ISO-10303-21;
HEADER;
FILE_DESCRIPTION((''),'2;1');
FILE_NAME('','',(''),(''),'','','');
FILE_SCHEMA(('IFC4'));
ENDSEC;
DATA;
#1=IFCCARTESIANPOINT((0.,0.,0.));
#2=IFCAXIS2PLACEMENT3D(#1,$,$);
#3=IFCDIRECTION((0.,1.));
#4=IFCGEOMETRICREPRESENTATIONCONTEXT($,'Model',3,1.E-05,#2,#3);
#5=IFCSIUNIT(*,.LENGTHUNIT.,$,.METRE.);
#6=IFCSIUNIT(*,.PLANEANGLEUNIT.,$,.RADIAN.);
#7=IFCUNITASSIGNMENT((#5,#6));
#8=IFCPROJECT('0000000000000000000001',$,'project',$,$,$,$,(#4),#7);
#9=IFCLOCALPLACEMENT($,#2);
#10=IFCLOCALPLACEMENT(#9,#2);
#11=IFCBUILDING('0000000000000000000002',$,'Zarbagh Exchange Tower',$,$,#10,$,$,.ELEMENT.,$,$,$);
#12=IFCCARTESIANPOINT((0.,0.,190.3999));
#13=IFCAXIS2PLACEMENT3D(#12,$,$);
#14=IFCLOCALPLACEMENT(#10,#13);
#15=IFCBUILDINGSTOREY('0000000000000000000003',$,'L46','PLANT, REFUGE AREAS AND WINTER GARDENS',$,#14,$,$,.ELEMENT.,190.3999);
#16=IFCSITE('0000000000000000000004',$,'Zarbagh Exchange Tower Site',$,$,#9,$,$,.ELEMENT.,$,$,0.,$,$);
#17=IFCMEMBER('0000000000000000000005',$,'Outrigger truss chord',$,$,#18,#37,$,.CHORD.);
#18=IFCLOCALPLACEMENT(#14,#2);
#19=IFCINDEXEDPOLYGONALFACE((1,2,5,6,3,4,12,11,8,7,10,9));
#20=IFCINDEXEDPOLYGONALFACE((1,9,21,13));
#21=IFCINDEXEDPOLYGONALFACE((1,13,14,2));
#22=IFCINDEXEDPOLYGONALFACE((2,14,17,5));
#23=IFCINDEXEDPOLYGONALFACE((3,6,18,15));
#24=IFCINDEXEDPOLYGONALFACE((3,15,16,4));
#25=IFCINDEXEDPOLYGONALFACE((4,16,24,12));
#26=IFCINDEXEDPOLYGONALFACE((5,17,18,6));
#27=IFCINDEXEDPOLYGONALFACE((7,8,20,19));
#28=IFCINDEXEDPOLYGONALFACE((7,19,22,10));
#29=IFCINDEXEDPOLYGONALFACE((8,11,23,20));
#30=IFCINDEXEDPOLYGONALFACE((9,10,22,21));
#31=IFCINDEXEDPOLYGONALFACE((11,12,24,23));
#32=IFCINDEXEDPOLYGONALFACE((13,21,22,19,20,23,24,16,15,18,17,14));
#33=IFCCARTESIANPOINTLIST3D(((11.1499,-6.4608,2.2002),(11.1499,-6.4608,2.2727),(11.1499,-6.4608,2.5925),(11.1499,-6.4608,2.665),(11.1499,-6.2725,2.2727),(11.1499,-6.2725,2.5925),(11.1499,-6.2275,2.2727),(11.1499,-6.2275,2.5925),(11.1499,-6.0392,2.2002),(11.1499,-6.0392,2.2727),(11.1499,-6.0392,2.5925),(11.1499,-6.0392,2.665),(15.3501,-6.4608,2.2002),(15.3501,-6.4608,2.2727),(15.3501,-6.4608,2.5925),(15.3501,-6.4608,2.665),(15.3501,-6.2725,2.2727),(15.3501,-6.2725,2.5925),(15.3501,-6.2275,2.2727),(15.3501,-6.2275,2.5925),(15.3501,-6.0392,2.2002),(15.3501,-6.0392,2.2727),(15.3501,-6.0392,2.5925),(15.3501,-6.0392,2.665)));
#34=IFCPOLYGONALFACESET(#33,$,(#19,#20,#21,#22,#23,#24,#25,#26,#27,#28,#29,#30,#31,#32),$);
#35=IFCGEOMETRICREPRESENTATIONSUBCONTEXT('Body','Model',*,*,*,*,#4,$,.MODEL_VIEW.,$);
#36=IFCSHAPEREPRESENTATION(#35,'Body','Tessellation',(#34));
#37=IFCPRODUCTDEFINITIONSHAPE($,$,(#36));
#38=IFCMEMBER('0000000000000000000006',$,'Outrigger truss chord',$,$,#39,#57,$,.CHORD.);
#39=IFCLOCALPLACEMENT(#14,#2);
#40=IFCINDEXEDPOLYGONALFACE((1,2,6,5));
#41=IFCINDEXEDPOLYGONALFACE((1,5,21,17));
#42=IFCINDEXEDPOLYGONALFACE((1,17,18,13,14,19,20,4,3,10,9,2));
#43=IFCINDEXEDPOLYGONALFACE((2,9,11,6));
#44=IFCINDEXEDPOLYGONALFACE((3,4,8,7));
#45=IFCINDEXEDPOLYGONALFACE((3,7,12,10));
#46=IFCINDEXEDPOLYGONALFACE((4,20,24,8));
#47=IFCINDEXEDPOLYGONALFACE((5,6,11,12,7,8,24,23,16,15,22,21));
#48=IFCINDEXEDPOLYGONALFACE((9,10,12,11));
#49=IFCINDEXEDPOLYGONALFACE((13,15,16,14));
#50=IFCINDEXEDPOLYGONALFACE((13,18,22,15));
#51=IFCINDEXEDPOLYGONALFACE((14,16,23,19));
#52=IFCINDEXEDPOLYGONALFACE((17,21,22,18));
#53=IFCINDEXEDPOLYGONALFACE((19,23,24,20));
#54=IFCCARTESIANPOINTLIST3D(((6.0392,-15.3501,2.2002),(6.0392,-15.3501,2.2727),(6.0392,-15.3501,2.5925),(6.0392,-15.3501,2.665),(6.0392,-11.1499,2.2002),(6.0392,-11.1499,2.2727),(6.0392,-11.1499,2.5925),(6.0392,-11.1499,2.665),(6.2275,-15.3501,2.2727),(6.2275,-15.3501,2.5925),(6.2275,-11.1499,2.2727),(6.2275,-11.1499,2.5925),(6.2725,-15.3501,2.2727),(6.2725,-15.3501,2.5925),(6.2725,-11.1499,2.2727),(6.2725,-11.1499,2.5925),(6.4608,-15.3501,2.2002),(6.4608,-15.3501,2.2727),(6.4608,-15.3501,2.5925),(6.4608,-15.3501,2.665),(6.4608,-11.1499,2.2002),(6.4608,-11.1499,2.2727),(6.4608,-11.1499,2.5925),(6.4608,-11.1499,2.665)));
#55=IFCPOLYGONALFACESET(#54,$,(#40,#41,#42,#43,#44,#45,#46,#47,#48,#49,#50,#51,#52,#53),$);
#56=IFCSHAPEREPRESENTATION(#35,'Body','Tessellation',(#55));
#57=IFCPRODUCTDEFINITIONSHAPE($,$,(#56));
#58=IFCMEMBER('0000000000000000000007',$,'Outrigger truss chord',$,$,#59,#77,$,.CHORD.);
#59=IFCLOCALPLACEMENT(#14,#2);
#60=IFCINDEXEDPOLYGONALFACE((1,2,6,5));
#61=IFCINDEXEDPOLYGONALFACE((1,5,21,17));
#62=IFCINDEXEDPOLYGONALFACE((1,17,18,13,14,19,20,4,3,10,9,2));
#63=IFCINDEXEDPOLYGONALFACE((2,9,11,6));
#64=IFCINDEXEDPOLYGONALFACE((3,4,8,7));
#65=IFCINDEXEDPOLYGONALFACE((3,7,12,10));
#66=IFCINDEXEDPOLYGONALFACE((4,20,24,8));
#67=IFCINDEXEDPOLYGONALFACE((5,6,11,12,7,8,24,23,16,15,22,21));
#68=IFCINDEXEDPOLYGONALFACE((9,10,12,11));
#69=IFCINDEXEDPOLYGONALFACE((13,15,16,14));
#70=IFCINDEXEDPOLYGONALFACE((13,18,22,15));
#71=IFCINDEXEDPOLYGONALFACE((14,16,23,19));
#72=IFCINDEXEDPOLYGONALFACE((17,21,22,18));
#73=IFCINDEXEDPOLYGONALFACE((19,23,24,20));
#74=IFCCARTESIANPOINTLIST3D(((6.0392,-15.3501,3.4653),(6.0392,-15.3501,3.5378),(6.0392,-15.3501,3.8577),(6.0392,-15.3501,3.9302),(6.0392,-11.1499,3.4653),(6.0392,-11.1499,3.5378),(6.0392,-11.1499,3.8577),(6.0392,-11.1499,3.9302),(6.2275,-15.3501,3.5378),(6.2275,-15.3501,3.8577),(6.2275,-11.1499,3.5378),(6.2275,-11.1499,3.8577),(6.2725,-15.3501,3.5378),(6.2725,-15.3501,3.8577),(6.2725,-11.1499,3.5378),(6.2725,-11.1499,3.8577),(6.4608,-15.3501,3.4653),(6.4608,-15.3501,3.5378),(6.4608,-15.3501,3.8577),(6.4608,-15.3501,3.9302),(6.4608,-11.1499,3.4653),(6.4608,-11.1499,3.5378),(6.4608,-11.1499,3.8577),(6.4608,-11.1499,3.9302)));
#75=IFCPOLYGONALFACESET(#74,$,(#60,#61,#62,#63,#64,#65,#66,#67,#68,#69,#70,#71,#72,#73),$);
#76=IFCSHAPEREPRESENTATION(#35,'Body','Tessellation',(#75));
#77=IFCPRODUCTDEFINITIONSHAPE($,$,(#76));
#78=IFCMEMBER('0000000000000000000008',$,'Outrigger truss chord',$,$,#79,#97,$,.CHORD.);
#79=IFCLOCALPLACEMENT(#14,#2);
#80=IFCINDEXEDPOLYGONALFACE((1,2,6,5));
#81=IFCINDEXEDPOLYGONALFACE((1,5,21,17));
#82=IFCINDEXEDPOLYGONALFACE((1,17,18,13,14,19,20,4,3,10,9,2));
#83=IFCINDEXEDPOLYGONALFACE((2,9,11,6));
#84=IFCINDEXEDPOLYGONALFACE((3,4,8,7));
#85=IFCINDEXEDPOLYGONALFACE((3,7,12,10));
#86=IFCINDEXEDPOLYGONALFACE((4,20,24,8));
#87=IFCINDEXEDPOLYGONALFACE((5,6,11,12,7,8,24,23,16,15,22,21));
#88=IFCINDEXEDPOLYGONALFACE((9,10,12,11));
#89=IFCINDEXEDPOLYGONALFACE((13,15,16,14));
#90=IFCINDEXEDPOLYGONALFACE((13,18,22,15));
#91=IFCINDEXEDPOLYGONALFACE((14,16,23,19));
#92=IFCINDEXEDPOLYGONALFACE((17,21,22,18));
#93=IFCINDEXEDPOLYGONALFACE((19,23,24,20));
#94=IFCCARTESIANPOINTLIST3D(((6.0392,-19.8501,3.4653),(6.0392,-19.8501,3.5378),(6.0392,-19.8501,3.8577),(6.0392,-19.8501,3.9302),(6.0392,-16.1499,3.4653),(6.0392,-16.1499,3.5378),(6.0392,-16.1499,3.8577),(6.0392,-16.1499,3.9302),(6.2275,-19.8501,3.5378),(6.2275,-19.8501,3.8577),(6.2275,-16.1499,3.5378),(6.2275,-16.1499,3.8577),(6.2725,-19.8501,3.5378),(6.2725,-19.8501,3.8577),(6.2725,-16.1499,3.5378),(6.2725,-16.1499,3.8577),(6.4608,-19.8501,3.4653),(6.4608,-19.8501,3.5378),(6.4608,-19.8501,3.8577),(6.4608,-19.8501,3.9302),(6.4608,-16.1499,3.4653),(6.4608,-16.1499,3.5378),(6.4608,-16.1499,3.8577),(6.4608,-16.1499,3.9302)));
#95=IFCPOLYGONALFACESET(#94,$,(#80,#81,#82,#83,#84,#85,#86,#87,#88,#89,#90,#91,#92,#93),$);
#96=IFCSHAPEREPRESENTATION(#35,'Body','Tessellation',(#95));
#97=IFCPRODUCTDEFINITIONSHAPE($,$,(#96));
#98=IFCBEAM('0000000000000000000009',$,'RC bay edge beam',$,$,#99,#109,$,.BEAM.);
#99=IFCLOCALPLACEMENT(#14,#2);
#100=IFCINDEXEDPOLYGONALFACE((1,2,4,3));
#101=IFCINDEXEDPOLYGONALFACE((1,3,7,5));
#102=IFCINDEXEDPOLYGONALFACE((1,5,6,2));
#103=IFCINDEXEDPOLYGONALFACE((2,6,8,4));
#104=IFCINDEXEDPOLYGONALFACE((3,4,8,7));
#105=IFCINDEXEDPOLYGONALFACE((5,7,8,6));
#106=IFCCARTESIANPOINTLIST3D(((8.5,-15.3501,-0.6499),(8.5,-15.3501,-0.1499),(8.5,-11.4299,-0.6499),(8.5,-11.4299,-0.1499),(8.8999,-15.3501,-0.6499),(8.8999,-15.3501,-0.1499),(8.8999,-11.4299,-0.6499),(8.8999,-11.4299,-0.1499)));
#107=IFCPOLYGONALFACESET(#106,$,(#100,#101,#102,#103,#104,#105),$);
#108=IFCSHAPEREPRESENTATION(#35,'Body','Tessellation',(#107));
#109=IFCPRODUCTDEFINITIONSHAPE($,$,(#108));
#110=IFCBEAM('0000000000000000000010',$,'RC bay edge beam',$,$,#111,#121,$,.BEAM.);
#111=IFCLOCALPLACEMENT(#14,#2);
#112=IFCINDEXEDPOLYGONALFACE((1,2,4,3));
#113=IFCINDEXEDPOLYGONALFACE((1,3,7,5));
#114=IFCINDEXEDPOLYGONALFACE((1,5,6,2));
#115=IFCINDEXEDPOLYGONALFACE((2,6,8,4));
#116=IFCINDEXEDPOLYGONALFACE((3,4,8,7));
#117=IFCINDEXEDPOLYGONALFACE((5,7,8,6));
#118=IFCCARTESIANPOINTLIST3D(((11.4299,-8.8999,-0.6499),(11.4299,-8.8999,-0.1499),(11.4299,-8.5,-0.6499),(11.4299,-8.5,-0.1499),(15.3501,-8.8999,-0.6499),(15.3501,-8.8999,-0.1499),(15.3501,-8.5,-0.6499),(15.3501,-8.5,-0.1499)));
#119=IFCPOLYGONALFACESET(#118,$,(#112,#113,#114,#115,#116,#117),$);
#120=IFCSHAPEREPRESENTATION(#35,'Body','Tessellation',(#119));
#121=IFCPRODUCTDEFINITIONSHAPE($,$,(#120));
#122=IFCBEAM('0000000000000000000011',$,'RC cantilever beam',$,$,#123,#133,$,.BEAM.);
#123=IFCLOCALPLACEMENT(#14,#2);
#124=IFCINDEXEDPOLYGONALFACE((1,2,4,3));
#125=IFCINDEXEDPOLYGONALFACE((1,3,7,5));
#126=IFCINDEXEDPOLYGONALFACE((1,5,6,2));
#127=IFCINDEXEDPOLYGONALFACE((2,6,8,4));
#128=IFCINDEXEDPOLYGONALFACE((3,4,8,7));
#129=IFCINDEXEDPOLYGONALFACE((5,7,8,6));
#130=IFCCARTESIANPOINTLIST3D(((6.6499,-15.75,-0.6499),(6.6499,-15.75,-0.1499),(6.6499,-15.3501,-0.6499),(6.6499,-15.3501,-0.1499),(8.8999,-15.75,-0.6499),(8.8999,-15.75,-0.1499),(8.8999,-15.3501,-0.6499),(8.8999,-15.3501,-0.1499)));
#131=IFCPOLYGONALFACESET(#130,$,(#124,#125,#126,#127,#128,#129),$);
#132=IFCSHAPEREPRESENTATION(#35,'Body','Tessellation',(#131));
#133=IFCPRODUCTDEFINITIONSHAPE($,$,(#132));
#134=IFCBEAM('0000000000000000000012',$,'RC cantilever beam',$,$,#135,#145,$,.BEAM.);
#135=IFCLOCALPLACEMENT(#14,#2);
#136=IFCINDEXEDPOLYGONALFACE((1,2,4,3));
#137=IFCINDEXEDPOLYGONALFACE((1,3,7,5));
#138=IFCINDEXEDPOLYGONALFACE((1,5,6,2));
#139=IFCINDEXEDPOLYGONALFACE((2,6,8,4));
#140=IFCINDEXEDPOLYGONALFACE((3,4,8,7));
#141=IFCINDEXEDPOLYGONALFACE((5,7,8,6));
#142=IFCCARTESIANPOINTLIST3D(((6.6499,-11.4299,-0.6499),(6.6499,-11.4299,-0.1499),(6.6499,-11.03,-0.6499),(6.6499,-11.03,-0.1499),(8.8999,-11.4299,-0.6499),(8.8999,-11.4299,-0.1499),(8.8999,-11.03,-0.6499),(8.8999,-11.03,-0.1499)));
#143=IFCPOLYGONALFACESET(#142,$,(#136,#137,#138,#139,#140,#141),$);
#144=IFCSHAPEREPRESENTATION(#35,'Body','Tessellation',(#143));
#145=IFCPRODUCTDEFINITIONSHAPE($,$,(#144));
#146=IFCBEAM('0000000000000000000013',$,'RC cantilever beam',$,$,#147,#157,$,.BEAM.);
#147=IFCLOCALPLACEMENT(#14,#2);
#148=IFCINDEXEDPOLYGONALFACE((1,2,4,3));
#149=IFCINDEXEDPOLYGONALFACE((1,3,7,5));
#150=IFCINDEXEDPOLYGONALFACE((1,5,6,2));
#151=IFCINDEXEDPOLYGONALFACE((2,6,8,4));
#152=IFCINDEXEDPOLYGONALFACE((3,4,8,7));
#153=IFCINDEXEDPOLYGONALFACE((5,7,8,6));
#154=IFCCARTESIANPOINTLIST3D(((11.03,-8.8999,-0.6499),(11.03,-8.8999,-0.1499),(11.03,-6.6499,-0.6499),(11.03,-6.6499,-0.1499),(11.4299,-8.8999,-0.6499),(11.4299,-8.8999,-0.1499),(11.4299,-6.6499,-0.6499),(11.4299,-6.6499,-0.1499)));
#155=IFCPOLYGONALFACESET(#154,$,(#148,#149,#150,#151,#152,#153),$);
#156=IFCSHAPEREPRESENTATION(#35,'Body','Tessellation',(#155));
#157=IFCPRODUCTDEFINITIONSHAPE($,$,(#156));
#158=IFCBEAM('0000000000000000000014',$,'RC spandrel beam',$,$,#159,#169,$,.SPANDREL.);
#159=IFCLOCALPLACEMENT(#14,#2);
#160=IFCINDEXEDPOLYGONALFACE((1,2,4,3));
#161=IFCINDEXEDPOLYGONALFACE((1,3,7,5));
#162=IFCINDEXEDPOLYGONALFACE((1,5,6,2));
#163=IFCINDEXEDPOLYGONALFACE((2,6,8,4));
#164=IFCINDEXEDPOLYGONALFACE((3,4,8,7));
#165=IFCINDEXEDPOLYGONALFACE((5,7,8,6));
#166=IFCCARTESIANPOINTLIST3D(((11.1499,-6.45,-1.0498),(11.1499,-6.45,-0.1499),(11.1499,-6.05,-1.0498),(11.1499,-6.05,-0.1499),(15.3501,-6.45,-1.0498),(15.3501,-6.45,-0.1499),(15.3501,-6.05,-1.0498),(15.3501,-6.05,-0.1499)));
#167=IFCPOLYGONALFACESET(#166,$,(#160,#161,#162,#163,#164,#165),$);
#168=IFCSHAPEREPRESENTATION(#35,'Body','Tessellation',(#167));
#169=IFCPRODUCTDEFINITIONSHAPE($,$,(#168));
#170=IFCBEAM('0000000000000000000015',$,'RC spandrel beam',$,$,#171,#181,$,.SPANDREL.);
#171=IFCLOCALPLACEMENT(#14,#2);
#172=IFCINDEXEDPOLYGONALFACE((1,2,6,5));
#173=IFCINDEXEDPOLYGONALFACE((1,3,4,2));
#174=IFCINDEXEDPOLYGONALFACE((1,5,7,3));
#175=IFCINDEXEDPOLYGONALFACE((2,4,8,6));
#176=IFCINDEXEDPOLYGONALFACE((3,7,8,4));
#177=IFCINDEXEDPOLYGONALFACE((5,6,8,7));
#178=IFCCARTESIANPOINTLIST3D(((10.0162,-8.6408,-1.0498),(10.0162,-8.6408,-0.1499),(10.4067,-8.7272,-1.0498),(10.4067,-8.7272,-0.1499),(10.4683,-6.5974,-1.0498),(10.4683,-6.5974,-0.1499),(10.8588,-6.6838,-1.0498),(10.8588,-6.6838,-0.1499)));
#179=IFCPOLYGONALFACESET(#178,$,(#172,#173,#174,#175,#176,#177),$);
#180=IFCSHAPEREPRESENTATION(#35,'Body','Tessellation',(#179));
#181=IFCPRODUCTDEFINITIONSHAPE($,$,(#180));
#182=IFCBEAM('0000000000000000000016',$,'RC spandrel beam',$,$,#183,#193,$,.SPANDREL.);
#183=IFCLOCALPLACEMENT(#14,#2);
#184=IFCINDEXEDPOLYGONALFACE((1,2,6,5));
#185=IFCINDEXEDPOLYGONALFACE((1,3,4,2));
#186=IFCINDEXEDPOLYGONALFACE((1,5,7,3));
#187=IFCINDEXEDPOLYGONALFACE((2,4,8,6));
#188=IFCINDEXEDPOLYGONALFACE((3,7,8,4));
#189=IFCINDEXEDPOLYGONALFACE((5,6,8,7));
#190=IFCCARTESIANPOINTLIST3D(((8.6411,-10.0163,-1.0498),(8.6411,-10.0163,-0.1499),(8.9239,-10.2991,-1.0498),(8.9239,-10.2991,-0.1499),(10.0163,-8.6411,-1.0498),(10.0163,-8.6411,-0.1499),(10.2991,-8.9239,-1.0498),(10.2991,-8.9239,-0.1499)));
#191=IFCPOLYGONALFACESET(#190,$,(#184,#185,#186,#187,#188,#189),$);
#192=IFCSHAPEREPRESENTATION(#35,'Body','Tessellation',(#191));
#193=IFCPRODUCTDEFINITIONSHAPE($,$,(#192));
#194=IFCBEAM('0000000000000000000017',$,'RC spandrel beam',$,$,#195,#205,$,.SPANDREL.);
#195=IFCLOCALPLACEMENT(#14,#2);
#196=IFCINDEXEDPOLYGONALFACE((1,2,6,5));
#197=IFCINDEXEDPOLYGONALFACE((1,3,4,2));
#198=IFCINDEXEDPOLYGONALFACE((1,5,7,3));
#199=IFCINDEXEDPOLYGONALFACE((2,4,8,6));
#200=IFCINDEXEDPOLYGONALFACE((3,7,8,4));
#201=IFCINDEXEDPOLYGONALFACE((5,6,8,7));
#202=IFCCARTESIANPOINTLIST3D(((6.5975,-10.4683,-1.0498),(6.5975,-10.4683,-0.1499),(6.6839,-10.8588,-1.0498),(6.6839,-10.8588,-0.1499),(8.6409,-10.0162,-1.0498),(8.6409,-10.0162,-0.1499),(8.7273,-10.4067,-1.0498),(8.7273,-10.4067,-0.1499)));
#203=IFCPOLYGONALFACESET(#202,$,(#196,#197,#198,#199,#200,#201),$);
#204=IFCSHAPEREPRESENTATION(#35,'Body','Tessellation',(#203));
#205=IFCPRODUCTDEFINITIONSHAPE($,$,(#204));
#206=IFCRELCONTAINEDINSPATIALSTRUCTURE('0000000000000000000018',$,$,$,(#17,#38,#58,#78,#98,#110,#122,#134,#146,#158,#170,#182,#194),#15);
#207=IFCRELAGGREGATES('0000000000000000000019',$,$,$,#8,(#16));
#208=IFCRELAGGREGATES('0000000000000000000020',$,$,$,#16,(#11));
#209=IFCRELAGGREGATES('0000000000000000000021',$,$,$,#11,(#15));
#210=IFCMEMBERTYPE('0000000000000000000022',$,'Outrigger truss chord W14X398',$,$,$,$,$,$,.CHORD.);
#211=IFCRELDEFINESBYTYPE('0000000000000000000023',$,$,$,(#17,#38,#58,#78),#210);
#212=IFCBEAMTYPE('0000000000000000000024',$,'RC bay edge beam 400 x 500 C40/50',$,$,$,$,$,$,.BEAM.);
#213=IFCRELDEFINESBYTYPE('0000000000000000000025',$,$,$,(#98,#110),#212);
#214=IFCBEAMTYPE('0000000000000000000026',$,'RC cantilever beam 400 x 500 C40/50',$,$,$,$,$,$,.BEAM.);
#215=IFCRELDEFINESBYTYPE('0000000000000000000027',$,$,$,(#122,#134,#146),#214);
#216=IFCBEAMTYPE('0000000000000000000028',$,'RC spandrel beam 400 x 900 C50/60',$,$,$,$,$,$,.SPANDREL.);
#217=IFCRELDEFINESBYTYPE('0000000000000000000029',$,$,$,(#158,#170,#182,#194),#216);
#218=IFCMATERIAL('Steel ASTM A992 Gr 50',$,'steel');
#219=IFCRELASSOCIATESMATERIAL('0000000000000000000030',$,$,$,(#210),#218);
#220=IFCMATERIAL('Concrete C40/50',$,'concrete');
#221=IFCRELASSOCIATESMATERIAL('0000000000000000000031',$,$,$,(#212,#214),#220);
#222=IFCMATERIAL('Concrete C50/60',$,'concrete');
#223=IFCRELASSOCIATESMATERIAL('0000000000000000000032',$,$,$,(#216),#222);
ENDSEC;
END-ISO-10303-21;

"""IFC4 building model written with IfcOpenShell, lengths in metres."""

from ifc_helpers import new_model, si_unit, direction, frame, origin, origin_2d, place, context, subcontext, project, spatial, rectangle, i_section, extrude, material, material_profile, profile_set, type_object, element, save


model = new_model("IFC4")

# Units and contexts
model_context = context("Model", 3, precision=1e-05, world=origin(), true_north=direction((0.0, 1.0)))
body_context = subcontext(model_context, "Body", "Model", "MODEL_VIEW")
ifc_project = project(units=[si_unit("LENGTHUNIT", "METRE"), si_unit("PLANEANGLEUNIT", "RADIAN")], contexts=[model_context])

# Site, building, storey
site_placement = place(None, origin())
site = spatial("IfcSite", under=ifc_project, at=site_placement, Name="Zarbagh Exchange Tower Site", CompositionType="ELEMENT", RefElevation=0.0)
building_placement = place(site_placement, origin())
building = spatial("IfcBuilding", under=site, at=building_placement, Name="Zarbagh Exchange Tower", CompositionType="ELEMENT")
storey_placement = place(building_placement, frame((0.0, 0.0, 190.3999)))
storey = spatial("IfcBuildingStorey", under=building, at=storey_placement, Name="L46", Description="PLANT, REFUGE AREAS AND WINTER GARDENS", CompositionType="ELEMENT", Elevation=190.3999)

# Shared definitions
ifc_material_1 = material(Name="Concrete C50/60", Category="concrete")

# Shared definitions
ifc_material_2 = material(Name="Steel ASTM A992 Gr 50", Category="steel")

# Members
ifc_material_profile_1 = material_profile(ifc_material_2, i_section(OverallWidth=0.4216, OverallDepth=0.4648, WebThickness=0.0449, FlangeThickness=0.0725, at=origin_2d()), Name="W14X398")
ifc_profile_set_1 = profile_set([ifc_material_profile_1], Name="Steel ASTM A992 Gr 50")
member_type_1 = type_object("IfcMemberType", Name="Outrigger truss chord W14X398", PredefinedType="CHORD", material=ifc_profile_set_1)
for number, where, z_axis, x_axis, name in (
    (1, (15.3501, -6.25, 2.4326), (-1.0, 0.0, 0.0), (0.0, -1.0, 0.0), "Outrigger truss chord"),
    (2, (6.25, -11.1499, 2.4326), (0.0, -1.0, 0.0), (1.0, 0.0, 0.0), "Outrigger truss chord"),
    (3, (6.25, -11.1499, 3.6978), (0.0, -1.0, 0.0), (1.0, 0.0, 0.0), "Outrigger truss chord"),
):
    element("IfcMember", number, at=place(storey_placement, frame(where, z_axis=z_axis, x_axis=x_axis)), inside=storey, type_object=member_type_1, Name=name, PredefinedType="CHORD", context=body_context, shape_type="SweptSolid", body=[
        extrude(i_section(OverallWidth=0.4216, OverallDepth=0.4648, WebThickness=0.0449, FlangeThickness=0.0725, at=origin_2d()), origin(), (0.0, 0.0, 1.0), 4.2002),
    ])
member_1_placement = place(storey_placement, frame((6.25, -16.1499, 3.6978), z_axis=(0.0, -1.0, 0.0), x_axis=(1.0, 0.0, 0.0)))
element("IfcMember", 4, at=member_1_placement, inside=storey, type_object=member_type_1, Name="Outrigger truss chord", PredefinedType="CHORD", context=body_context, shape_type="SweptSolid", body=[
    extrude(i_section(OverallWidth=0.4216, OverallDepth=0.4648, WebThickness=0.0449, FlangeThickness=0.0725, at=origin_2d()), origin(), (0.0, 0.0, 1.0), 3.7002),
])

# Beams
ifc_material_3 = material(Name="Concrete C40/50", Category="concrete")
ifc_material_profile_2 = material_profile(ifc_material_3, rectangle(XDim=0.3999, YDim=0.5, at=origin_2d()), Name="RC bay edge beam 400 x 500 C40/50")
ifc_profile_set_2 = profile_set([ifc_material_profile_2], Name="Concrete C40/50")
beam_type_1 = type_object("IfcBeamType", Name="RC bay edge beam 400 x 500 C40/50", PredefinedType="BEAM", material=ifc_profile_set_2)
for number, where, z_axis, x_axis, name in (
    (5, (8.7, -15.3501, -0.3999), (0.0, 1.0, 0.0), (-1.0, 0.0, 0.0), "RC bay edge beam"),
    (6, (11.4299, -8.7, -0.3999), (1.0, 0.0, 0.0), (0.0, 1.0, 0.0), "RC bay edge beam"),
):
    element("IfcBeam", number, at=place(storey_placement, frame(where, z_axis=z_axis, x_axis=x_axis)), inside=storey, type_object=beam_type_1, Name=name, PredefinedType="BEAM", context=body_context, shape_type="SweptSolid", body=[
        extrude(rectangle(XDim=0.3999, YDim=0.5, at=origin_2d()), origin(), (0.0, 0.0, 1.0), 3.9202),
    ])
ifc_material_profile_3 = material_profile(ifc_material_3, rectangle(XDim=0.3999, YDim=0.5, at=origin_2d()), Name="RC cantilever beam 400 x 500 C40/50")
ifc_profile_set_3 = profile_set([ifc_material_profile_3], Name="Concrete C40/50")
beam_type_2 = type_object("IfcBeamType", Name="RC cantilever beam 400 x 500 C40/50", PredefinedType="BEAM", material=ifc_profile_set_3)
for number, where, z_axis, x_axis, name in (
    (7, (6.6499, -15.55, -0.3999), (1.0, 0.0, 0.0), (0.0, 1.0, 0.0), "RC cantilever beam"),
    (8, (6.6499, -11.23, -0.3999), (1.0, 0.0, 0.0), (0.0, 1.0, 0.0), "RC cantilever beam"),
    (9, (11.23, -6.6499, -0.3999), (0.0, -1.0, 0.0), (1.0, 0.0, 0.0), "RC cantilever beam"),
):
    element("IfcBeam", number, at=place(storey_placement, frame(where, z_axis=z_axis, x_axis=x_axis)), inside=storey, type_object=beam_type_2, Name=name, PredefinedType="BEAM", context=body_context, shape_type="SweptSolid", body=[
        extrude(rectangle(XDim=0.3999, YDim=0.5, at=origin_2d()), origin(), (0.0, 0.0, 1.0), 2.25),
    ])
ifc_material_profile_4 = material_profile(ifc_material_1, rectangle(XDim=0.3999, YDim=0.8999, at=origin_2d()), Name="RC spandrel beam 400 x 900 C50/60")
ifc_profile_set_4 = profile_set([ifc_material_profile_4], Name="Concrete C50/60")
beam_type_3 = type_object("IfcBeamType", Name="RC spandrel beam 400 x 900 C50/60", PredefinedType="SPANDREL", material=ifc_profile_set_4)
beam_1_placement = place(storey_placement, frame((15.3501, -6.25, -0.5999), z_axis=(-1.0, 0.0, 0.0), x_axis=(0.0, -1.0, 0.0)))
element("IfcBeam", 10, at=beam_1_placement, inside=storey, type_object=beam_type_3, Name="RC spandrel beam", PredefinedType="SPANDREL", context=body_context, shape_type="SweptSolid", body=[
    extrude(rectangle(XDim=0.3999, YDim=0.8999, at=origin_2d()), origin(), (0.0, 0.0, 1.0), 4.2002),
])
beam_2_placement = place(storey_placement, frame((10.6636, -6.6406, -0.5999), z_axis=(-0.216041, -0.976384, 0.0), x_axis=(0.976384, -0.216041, 0.0)))
element("IfcBeam", 11, at=beam_2_placement, inside=storey, type_object=beam_type_3, Name="RC spandrel beam", PredefinedType="SPANDREL", context=body_context, shape_type="SweptSolid", body=[
    extrude(rectangle(XDim=0.3999, YDim=0.8999, at=origin_2d()), origin(), (0.0, 0.0, 1.0), 2.0928),
])
beam_3_placement = place(storey_placement, frame((10.1577, -8.7825, -0.5999), z_axis=(-0.707107, -0.707107, 0.0), x_axis=(0.707107, -0.707107, 0.0)))
element("IfcBeam", 12, at=beam_3_placement, inside=storey, type_object=beam_type_3, Name="RC spandrel beam", PredefinedType="SPANDREL", context=body_context, shape_type="SweptSolid", body=[
    extrude(rectangle(XDim=0.3999, YDim=0.8999, at=origin_2d()), origin(), (0.0, 0.0, 1.0), 1.9448),
])
beam_4_placement = place(storey_placement, frame((8.6841, -10.2114, -0.5999), z_axis=(-0.976384, -0.216041, 0.0), x_axis=(0.216041, -0.976384, 0.0)))
element("IfcBeam", 13, at=beam_4_placement, inside=storey, type_object=beam_type_3, Name="RC spandrel beam", PredefinedType="SPANDREL", context=body_context, shape_type="SweptSolid", body=[
    extrude(rectangle(XDim=0.3999, YDim=0.8999, at=origin_2d()), origin(), (0.0, 0.0, 1.0), 2.0928),
])

save(model, "model.ifc")
